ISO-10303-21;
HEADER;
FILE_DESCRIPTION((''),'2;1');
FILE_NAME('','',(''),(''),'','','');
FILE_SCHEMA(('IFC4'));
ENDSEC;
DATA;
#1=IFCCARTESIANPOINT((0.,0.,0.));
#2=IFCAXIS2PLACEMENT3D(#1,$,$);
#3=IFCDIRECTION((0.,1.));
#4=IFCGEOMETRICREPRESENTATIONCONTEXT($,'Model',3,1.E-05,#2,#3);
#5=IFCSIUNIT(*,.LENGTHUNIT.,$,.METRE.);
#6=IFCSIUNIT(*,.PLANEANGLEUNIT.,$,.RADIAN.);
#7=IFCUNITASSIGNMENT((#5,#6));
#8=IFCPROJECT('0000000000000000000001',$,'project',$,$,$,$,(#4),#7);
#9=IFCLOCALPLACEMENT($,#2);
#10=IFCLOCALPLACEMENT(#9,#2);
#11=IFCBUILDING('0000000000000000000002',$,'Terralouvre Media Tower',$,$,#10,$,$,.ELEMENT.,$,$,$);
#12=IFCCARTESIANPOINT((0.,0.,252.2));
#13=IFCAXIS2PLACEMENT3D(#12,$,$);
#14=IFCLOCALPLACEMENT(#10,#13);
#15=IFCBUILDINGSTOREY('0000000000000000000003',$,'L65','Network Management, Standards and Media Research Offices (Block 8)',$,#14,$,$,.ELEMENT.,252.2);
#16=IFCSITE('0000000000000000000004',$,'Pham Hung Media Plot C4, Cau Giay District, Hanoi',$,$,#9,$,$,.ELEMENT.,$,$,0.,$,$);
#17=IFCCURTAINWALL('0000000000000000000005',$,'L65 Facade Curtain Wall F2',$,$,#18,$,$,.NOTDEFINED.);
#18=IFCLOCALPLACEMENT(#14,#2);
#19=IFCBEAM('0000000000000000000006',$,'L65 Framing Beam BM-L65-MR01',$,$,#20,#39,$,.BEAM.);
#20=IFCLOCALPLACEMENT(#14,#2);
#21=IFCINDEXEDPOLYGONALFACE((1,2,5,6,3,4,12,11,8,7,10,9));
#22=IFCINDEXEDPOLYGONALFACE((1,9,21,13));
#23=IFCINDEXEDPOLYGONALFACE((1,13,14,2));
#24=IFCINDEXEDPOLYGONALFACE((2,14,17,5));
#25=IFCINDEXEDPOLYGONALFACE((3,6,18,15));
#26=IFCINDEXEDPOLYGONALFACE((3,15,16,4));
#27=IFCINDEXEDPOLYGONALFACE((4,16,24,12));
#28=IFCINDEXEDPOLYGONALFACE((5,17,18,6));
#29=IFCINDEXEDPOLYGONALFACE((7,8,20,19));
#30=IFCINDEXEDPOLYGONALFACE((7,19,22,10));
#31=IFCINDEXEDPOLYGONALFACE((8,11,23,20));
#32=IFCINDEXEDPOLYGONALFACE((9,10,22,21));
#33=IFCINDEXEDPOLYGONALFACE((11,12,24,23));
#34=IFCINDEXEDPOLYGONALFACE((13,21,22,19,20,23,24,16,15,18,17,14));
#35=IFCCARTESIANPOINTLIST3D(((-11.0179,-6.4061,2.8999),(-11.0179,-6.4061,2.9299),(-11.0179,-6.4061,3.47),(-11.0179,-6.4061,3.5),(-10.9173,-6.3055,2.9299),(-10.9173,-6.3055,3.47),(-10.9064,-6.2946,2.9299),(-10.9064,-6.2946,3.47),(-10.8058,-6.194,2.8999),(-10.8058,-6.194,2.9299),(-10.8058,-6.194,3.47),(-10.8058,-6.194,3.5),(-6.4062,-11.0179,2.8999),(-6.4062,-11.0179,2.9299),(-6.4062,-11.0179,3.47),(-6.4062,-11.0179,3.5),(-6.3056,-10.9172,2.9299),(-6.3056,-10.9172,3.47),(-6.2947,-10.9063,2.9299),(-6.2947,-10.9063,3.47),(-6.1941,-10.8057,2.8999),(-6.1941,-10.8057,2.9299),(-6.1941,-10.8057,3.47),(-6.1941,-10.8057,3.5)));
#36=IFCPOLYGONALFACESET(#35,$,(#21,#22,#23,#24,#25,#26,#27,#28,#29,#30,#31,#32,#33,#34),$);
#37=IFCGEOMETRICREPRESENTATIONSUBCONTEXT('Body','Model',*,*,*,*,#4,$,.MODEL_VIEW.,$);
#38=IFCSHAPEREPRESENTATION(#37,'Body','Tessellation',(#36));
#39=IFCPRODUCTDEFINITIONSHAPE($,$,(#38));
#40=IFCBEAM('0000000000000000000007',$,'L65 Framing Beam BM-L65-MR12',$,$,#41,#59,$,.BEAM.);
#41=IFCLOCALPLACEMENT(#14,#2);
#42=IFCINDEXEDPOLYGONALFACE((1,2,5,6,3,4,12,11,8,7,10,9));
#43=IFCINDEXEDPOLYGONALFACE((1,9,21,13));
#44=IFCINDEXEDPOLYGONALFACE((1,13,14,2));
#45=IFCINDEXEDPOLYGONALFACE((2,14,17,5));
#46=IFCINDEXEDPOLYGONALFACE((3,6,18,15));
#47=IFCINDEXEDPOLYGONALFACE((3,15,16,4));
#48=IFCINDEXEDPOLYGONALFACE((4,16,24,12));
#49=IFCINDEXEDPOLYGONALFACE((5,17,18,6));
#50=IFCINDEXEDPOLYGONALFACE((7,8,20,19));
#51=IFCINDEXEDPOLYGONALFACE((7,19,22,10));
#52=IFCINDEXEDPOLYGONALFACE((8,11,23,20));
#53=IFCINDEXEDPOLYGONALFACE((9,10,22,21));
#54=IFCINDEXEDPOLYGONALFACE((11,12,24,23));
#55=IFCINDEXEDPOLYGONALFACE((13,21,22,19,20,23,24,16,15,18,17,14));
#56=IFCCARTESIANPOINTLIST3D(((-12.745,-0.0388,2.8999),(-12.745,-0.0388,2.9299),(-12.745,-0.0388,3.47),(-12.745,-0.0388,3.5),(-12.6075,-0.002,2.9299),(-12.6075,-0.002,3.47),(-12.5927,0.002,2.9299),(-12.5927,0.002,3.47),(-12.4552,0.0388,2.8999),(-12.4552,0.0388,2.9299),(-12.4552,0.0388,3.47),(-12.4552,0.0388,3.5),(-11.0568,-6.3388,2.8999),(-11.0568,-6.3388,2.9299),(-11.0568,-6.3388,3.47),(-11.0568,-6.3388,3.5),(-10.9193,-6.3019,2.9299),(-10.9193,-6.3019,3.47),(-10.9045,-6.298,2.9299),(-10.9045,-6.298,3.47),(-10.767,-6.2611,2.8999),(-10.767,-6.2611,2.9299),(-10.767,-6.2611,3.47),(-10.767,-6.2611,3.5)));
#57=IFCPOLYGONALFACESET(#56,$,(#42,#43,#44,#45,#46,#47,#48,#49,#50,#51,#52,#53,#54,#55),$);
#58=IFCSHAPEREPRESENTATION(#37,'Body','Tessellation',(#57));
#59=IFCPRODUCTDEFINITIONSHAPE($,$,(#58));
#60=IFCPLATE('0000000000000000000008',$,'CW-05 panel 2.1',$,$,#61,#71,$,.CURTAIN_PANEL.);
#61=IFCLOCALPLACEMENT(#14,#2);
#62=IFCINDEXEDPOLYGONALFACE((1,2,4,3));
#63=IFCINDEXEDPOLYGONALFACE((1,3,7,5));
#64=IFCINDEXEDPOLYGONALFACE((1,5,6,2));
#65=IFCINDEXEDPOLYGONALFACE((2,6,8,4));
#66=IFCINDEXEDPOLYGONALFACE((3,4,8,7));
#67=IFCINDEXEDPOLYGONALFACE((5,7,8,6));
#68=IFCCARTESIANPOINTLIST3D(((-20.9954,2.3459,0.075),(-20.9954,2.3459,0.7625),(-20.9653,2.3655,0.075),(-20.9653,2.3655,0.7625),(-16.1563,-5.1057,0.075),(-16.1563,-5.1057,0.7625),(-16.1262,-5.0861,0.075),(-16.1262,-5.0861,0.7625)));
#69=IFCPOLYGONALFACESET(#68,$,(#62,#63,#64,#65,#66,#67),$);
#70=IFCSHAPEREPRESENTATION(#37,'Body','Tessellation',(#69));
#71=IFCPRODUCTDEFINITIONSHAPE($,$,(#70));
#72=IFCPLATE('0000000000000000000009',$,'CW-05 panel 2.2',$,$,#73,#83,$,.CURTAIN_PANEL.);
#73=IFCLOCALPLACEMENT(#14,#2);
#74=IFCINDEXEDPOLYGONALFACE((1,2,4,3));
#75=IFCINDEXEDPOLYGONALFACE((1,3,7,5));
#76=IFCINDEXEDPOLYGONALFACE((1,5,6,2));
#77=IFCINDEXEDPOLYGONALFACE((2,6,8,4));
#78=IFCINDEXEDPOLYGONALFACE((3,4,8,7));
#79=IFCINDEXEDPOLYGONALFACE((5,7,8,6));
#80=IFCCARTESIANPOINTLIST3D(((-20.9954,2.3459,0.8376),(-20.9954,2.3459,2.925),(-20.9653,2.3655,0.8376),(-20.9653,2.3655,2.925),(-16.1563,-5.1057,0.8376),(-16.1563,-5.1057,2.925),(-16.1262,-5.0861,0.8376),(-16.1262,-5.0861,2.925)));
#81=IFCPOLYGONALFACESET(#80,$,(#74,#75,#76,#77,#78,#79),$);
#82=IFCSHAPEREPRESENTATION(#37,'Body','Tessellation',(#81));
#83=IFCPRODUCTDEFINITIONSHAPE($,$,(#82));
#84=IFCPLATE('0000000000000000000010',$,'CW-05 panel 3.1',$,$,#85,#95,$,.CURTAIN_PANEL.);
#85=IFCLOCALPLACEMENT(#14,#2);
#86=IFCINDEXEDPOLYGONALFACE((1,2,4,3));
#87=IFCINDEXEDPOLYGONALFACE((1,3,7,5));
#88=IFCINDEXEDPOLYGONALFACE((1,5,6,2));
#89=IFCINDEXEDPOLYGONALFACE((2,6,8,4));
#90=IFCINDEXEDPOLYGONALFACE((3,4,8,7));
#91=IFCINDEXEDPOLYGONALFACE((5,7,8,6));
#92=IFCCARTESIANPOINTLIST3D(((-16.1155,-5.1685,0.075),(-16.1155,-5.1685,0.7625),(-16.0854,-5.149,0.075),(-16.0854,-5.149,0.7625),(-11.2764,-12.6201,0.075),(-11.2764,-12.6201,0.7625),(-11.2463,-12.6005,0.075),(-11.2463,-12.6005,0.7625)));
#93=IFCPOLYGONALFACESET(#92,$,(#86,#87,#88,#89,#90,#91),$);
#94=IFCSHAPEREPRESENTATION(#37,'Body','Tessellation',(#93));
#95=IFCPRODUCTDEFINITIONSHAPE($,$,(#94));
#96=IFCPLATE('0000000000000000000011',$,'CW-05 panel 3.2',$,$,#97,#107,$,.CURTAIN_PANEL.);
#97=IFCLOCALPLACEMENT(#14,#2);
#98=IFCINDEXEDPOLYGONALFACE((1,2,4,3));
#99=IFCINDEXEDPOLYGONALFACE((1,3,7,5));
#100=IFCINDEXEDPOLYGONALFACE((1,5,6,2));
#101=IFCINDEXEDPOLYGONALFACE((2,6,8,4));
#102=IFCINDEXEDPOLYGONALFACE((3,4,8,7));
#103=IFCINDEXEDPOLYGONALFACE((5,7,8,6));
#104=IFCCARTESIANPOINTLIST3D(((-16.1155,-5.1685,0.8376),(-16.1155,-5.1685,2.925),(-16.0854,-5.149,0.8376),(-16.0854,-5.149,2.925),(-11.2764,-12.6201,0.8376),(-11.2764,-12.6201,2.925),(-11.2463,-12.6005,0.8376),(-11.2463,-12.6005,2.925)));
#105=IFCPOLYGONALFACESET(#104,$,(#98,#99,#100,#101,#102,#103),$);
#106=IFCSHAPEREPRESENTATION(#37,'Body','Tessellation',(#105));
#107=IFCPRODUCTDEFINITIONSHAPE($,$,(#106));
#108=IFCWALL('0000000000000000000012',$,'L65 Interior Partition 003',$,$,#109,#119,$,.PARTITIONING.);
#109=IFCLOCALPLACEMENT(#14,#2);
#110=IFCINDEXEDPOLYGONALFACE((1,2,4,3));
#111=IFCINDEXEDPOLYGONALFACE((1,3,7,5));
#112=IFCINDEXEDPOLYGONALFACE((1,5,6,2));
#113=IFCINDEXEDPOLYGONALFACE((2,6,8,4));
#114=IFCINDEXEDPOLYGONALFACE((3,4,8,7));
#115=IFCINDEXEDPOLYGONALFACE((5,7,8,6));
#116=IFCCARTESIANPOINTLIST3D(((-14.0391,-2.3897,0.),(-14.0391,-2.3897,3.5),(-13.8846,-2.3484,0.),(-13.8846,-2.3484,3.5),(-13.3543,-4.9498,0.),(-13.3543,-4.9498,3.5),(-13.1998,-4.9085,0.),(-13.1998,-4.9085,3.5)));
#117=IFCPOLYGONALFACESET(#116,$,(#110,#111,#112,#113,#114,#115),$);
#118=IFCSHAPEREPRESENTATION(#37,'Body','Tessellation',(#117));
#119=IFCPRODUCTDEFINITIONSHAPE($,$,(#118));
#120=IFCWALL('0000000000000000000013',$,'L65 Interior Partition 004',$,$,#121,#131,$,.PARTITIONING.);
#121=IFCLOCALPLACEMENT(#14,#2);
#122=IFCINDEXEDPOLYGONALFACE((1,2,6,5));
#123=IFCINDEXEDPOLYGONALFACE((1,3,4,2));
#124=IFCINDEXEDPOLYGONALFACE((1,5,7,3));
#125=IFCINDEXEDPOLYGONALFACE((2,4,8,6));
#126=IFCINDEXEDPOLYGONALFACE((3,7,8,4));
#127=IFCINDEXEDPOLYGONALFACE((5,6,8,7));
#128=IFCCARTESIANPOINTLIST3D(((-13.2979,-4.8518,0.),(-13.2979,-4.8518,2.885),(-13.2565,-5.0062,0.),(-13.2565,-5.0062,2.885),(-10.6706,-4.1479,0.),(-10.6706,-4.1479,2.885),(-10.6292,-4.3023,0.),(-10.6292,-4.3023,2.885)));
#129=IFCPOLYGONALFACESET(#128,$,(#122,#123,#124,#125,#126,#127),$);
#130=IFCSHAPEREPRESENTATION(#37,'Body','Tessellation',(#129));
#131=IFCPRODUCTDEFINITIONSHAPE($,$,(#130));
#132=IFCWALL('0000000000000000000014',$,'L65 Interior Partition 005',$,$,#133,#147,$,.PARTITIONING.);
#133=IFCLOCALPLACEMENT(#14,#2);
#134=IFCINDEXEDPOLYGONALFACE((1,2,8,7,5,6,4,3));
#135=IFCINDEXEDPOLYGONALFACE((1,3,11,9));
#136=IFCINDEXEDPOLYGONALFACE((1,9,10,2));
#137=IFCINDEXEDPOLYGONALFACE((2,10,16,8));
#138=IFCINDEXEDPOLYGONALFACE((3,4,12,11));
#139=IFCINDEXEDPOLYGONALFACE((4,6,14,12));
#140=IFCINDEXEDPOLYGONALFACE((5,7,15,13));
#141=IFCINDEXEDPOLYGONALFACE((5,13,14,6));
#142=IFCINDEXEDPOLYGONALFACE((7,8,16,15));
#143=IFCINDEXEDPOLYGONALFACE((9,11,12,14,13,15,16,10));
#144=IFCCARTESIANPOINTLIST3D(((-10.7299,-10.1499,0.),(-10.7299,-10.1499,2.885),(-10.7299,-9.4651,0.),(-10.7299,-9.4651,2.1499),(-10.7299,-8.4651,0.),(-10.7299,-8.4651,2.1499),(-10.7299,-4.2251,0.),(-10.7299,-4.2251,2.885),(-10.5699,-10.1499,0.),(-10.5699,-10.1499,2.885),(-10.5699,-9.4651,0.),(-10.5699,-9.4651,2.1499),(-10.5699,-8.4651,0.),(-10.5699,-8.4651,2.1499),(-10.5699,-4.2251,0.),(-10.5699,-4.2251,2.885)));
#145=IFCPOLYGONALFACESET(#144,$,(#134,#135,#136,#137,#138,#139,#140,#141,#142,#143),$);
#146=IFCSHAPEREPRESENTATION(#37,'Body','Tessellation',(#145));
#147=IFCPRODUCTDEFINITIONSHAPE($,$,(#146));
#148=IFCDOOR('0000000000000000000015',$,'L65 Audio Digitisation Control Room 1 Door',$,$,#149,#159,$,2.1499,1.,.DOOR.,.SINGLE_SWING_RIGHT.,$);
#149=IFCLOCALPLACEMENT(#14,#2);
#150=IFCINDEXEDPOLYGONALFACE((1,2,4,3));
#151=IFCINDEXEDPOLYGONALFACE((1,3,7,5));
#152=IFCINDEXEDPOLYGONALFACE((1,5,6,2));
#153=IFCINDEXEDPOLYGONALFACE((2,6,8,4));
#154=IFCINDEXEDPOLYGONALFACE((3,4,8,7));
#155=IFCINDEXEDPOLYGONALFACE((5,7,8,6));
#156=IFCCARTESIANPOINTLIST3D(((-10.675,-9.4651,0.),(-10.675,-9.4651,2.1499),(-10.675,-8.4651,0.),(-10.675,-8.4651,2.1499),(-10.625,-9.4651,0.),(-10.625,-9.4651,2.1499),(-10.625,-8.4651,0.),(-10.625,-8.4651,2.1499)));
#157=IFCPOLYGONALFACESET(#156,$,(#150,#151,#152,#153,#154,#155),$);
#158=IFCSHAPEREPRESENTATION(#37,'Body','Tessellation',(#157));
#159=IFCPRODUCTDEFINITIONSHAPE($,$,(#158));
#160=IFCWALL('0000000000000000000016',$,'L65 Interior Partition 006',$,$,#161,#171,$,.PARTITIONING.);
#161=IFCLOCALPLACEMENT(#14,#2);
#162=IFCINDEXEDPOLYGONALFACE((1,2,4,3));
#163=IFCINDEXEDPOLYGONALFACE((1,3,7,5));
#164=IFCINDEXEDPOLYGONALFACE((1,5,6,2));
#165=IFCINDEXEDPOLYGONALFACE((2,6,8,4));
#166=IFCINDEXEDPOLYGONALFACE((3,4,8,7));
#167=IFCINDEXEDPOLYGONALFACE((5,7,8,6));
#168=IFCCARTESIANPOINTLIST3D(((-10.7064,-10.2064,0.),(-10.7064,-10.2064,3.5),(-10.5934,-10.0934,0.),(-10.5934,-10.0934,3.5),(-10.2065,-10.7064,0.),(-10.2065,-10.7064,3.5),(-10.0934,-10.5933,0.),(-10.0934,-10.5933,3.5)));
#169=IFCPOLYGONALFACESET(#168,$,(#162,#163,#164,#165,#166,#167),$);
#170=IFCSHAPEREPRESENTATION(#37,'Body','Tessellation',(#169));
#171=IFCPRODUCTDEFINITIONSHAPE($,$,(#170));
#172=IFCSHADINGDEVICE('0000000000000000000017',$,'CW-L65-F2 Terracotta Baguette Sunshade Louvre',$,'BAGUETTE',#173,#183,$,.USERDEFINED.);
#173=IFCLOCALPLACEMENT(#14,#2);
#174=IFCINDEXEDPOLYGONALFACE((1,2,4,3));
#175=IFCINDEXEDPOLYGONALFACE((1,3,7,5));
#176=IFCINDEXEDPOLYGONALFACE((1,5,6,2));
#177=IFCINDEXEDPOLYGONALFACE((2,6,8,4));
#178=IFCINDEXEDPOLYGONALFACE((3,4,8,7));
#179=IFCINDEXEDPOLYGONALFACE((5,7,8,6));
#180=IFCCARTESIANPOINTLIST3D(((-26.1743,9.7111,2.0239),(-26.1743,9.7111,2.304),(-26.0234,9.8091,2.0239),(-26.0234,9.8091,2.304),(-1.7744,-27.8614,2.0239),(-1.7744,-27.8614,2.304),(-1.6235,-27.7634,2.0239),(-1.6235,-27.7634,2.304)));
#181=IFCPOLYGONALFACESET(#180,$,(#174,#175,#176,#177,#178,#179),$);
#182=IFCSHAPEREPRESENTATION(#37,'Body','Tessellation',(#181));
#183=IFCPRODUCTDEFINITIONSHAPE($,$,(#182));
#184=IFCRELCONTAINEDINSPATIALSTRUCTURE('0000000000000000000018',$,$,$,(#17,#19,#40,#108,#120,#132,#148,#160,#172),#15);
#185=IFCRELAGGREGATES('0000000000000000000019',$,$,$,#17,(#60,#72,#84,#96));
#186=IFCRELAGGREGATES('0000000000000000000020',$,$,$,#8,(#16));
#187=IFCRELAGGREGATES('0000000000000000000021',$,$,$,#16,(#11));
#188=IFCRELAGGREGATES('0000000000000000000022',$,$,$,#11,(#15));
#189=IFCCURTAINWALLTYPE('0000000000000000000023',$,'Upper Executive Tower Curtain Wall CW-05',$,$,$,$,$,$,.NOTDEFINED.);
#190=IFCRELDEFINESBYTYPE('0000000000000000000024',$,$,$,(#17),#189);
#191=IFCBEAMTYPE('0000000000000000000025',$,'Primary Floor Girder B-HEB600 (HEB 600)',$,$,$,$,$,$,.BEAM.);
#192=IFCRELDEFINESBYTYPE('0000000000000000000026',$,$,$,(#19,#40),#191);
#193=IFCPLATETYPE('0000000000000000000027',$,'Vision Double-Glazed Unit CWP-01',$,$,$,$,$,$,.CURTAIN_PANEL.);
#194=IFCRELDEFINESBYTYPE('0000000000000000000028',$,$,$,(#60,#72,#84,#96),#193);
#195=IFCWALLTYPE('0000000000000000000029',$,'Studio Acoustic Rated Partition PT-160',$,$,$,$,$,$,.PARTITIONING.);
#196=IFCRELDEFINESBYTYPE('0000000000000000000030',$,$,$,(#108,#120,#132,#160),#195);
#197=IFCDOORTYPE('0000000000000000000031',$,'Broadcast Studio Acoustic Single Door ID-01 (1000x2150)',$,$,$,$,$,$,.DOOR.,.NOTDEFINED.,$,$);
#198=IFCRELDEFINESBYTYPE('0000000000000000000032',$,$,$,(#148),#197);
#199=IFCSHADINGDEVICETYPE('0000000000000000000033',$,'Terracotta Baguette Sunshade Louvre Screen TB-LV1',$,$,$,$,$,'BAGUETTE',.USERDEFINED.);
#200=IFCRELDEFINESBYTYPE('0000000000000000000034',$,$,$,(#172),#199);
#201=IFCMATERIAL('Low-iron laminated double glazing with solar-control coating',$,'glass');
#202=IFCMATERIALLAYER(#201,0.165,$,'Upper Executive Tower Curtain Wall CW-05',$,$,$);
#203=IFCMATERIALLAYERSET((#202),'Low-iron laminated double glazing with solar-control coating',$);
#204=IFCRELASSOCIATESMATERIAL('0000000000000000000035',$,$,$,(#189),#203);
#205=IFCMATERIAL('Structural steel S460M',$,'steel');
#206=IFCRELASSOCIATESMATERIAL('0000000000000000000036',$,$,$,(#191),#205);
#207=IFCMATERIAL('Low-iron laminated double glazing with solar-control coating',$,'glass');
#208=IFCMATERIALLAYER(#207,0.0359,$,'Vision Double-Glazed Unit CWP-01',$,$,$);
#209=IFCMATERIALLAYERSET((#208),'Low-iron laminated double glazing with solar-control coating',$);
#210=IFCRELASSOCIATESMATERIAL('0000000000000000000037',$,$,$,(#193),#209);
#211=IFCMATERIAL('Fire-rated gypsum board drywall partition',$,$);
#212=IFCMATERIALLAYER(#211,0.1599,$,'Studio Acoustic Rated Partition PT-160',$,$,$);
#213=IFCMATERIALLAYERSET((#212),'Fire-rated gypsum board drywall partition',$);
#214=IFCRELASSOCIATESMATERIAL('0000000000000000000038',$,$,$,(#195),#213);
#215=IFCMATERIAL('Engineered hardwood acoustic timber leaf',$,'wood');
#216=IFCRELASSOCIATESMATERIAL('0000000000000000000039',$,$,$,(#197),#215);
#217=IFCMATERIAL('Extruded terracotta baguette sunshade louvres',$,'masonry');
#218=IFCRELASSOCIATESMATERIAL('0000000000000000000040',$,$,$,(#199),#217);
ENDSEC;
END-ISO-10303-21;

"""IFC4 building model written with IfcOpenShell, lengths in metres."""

from ifc_helpers import new_model, si_unit, direction, frame, frame_2d, origin, origin_2d, place, context, subcontext, project, spatial, rectangle, i_section, extrude, material, layer, layer_set, material_profile, profile_set, type_object, element, fill, aggregate, save


model = new_model("IFC4")

# Units and contexts
model_context = context("Model", 3, precision=1e-05, world=origin(), true_north=direction((0.0, 1.0)))
body_context = subcontext(model_context, "Body", "Model", "MODEL_VIEW")
ifc_project = project(units=[si_unit("LENGTHUNIT", "METRE"), si_unit("PLANEANGLEUNIT", "RADIAN")], contexts=[model_context])

# Site, building, storey
site_placement = place(None, origin())
site = spatial("IfcSite", under=ifc_project, at=site_placement, Name="Pham Hung Media Plot C4, Cau Giay District, Hanoi", CompositionType="ELEMENT", RefElevation=0.0)
building_placement = place(site_placement, origin())
building = spatial("IfcBuilding", under=site, at=building_placement, Name="Terralouvre Media Tower", CompositionType="ELEMENT")
storey_placement = place(building_placement, frame((0.0, 0.0, 252.2)))
storey = spatial("IfcBuildingStorey", under=building, at=storey_placement, Name="L65", Description="Network Management, Standards and Media Research Offices (Block 8)", CompositionType="ELEMENT", Elevation=252.2)

# Curtain wall
ifc_material_1 = material(Name="Low-iron laminated double glazing with solar-control coating", Category="glass")
ifc_layer_1 = layer(ifc_material_1, 0.165, Name="Upper Executive Tower Curtain Wall CW-05")
ifc_layer_set_1 = layer_set([ifc_layer_1], Name="Low-iron laminated double glazing with solar-control coating")
curtain_wall_type = type_object("IfcCurtainWallType", Name="Upper Executive Tower Curtain Wall CW-05", PredefinedType="NOTDEFINED", material=ifc_layer_set_1)
curtain_wall_placement = place(storey_placement, origin())
curtain_wall = element("IfcCurtainWall", 1, at=curtain_wall_placement, inside=storey, type_object=curtain_wall_type, Name="L65 Facade Curtain Wall F2", PredefinedType="NOTDEFINED")

# Beams
ifc_material_2 = material(Name="Structural steel S460M", Category="steel")
ifc_material_profile_1 = material_profile(ifc_material_2, i_section(OverallWidth=0.3, OverallDepth=0.6001, WebThickness=0.0154, FlangeThickness=0.03, at=origin_2d()), Name="HEB 600")
ifc_profile_set_1 = profile_set([ifc_material_profile_1], Name="Structural steel S460M")
beam_type_1 = type_object("IfcBeamType", Name="Primary Floor Girder B-HEB600 (HEB 600)", PredefinedType="BEAM", material=ifc_profile_set_1)
beam_1_placement = place(storey_placement, frame((-10.9119, -6.3, 3.2), z_axis=(0.707107, -0.707107, 0.0), x_axis=(0.707107, 0.707107, 0.0)))
element("IfcBeam", 2, at=beam_1_placement, inside=storey, type_object=beam_type_1, Name="L65 Framing Beam BM-L65-MR01", PredefinedType="BEAM", context=body_context, shape_type="SweptSolid", body=[
    extrude(i_section(OverallWidth=0.3, OverallDepth=0.6001, WebThickness=0.0154, FlangeThickness=0.03, at=origin_2d()), origin(), (0.0, 0.0, 1.0), 6.522),
])
beam_2_placement = place(storey_placement, frame((-12.6001, 0.0, 3.2), z_axis=(0.258839, -0.96592, 0.0), x_axis=(0.96592, 0.258839, 0.0)))
element("IfcBeam", 3, at=beam_2_placement, inside=storey, type_object=beam_type_1, Name="L65 Framing Beam BM-L65-MR12", PredefinedType="BEAM", context=body_context, shape_type="SweptSolid", body=[
    extrude(i_section(OverallWidth=0.3, OverallDepth=0.6001, WebThickness=0.0154, FlangeThickness=0.03, at=origin_2d()), origin(), (0.0, 0.0, 1.0), 6.5222),
])

# Plates
ifc_material_3 = material(Name="Low-iron laminated double glazing with solar-control coating", Category="glass")
ifc_layer_2 = layer(ifc_material_3, 0.0359, Name="Vision Double-Glazed Unit CWP-01")
ifc_layer_set_2 = layer_set([ifc_layer_2], Name="Low-iron laminated double glazing with solar-control coating")
plate_type = type_object("IfcPlateType", Name="Vision Double-Glazed Unit CWP-01", PredefinedType="CURTAIN_PANEL", material=ifc_layer_set_2)
plate_1_placement = place(storey_placement, frame((-18.5608, -1.3701, 0.075), z_axis=(0.0, 0.0, 1.0), x_axis=(0.544639, -0.838671, 0.0)))
plate_1 = element("IfcPlate", 4, at=plate_1_placement, type_object=plate_type, Name="CW-05 panel 2.1", PredefinedType="CURTAIN_PANEL", context=body_context, shape_type="SweptSolid", body=[
    extrude(rectangle(XDim=8.885, YDim=0.0359, at=origin_2d()), origin(), (0.0, 0.0, 1.0), 0.6875),
])
plate_2_placement = place(storey_placement, frame((-18.5608, -1.3701, 0.8376), z_axis=(0.0, 0.0, 1.0), x_axis=(0.544639, -0.838671, 0.0)))
plate_2 = element("IfcPlate", 5, at=plate_2_placement, type_object=plate_type, Name="CW-05 panel 2.2", PredefinedType="CURTAIN_PANEL", context=body_context, shape_type="SweptSolid", body=[
    extrude(rectangle(XDim=8.885, YDim=0.0359, at=origin_2d()), origin(), (0.0, 0.0, 1.0), 2.0874),
])
plate_3_placement = place(storey_placement, frame((-13.6809, -8.8845, 0.075), z_axis=(0.0, 0.0, 1.0), x_axis=(0.544639, -0.838671, 0.0)))
plate_3 = element("IfcPlate", 6, at=plate_3_placement, type_object=plate_type, Name="CW-05 panel 3.1", PredefinedType="CURTAIN_PANEL", context=body_context, shape_type="SweptSolid", body=[
    extrude(rectangle(XDim=8.885, YDim=0.0359, at=origin_2d()), origin(), (0.0, 0.0, 1.0), 0.6875),
])
plate_4_placement = place(storey_placement, frame((-13.6809, -8.8845, 0.8376), z_axis=(0.0, 0.0, 1.0), x_axis=(0.544639, -0.838671, 0.0)))
plate_4 = element("IfcPlate", 7, at=plate_4_placement, type_object=plate_type, Name="CW-05 panel 3.2", PredefinedType="CURTAIN_PANEL", context=body_context, shape_type="SweptSolid", body=[
    extrude(rectangle(XDim=8.885, YDim=0.0359, at=origin_2d()), origin(), (0.0, 0.0, 1.0), 2.0874),
])
aggregate(curtain_wall, [plate_1, plate_2, plate_3, plate_4])

# Walls
ifc_material_4 = material(Name="Fire-rated gypsum board drywall partition")
ifc_layer_3 = layer(ifc_material_4, 0.1599, Name="Studio Acoustic Rated Partition PT-160")
ifc_layer_set_3 = layer_set([ifc_layer_3], Name="Fire-rated gypsum board drywall partition")
wall_type = type_object("IfcWallType", Name="Studio Acoustic Rated Partition PT-160", PredefinedType="PARTITIONING", material=ifc_layer_set_3)
wall_1_placement = place(storey_placement, frame((-13.9619, -2.3689, 0.0), z_axis=(0.0, 0.0, 1.0), x_axis=(0.258414, -0.966034, 0.0)))
element("IfcWall", 8, at=wall_1_placement, inside=storey, type_object=wall_type, Name="L65 Interior Partition 003", PredefinedType="PARTITIONING", context=body_context, shape_type="SweptSolid", body=[
    extrude(rectangle(XDim=2.6501, YDim=0.1599, at=frame_2d((1.3252, 0.0))), origin(), (0.0, 0.0, 1.0), 3.5),
])
wall_2_placement = place(storey_placement, frame((-13.2771, -4.929, 0.0), z_axis=(0.0, 0.0, 1.0), x_axis=(0.965935, 0.258785, 0.0)))
element("IfcWall", 9, at=wall_2_placement, inside=storey, type_object=wall_type, Name="L65 Interior Partition 004", PredefinedType="PARTITIONING", context=body_context, shape_type="SweptSolid", body=[
    extrude(rectangle(XDim=2.72, YDim=0.1599, at=frame_2d((1.3599, 0.0))), origin(), (0.0, 0.0, 1.0), 2.885),
])

# Wall, opening, door
wall_3_placement = place(storey_placement, frame((-10.6499, -4.2251, 0.0), z_axis=(0.0, 0.0, 1.0), x_axis=(0.0, -1.0, 0.0)))
wall_3 = element("IfcWall", 10, at=wall_3_placement, inside=storey, type_object=wall_type, Name="L65 Interior Partition 005", PredefinedType="PARTITIONING", context=body_context, shape_type="SweptSolid", body=[
    extrude(rectangle(XDim=5.9248, YDim=0.1599, at=frame_2d((2.9624, 0.0))), origin(), (0.0, 0.0, 1.0), 2.885),
])
opening_placement = place(wall_3_placement, frame((4.24, 0.0, 0.0)))
opening = element("IfcOpeningElement", 11, at=opening_placement, cuts=wall_3, PredefinedType="OPENING", context=body_context, shape_type="SweptSolid", body=[
    extrude(rectangle(XDim=1.0, YDim=2.1499, at=frame_2d((0.5, 1.075))), frame((0.0, 0.0898, 0.0), z_axis=(0.0, -1.0, 0.0), x_axis=(1.0, 0.0, 0.0)), (0.0, 0.0, 1.0), 0.1799),
])
ifc_material_5 = material(Name="Engineered hardwood acoustic timber leaf", Category="wood")
door_type = type_object("IfcDoorType", Name="Broadcast Studio Acoustic Single Door ID-01 (1000x2150)", OperationType="NOTDEFINED", PredefinedType="DOOR", material=ifc_material_5)
door_placement = place(opening_placement, origin())
door = element("IfcDoor", 12, at=door_placement, inside=storey, type_object=door_type, Name="L65 Audio Digitisation Control Room 1 Door", OperationType="SINGLE_SWING_RIGHT", OverallHeight=2.1499, OverallWidth=1.0, PredefinedType="DOOR", context=body_context, shape_type="SweptSolid", body=[
    extrude(rectangle(XDim=1.0, YDim=2.1499, at=frame_2d((0.5, 1.075))), frame((0.0, 0.0249, 0.0), z_axis=(0.0, -1.0, 0.0), x_axis=(1.0, 0.0, 0.0)), (0.0, 0.0, 1.0), 0.05),
])
fill(opening, door)

# Wall
wall_4_placement = place(storey_placement, frame((-10.6499, -10.1499, 0.0), z_axis=(0.0, 0.0, 1.0), x_axis=(0.707107, -0.707107, 0.0)))
element("IfcWall", 13, at=wall_4_placement, inside=storey, type_object=wall_type, Name="L65 Interior Partition 006", PredefinedType="PARTITIONING", context=body_context, shape_type="SweptSolid", body=[
    extrude(rectangle(XDim=0.707, YDim=0.1599, at=frame_2d((0.3535, 0.0))), origin(), (0.0, 0.0, 1.0), 3.5),
])

# Shading device
ifc_material_6 = material(Name="Extruded terracotta baguette sunshade louvres", Category="masonry")
shading_device_type = type_object("IfcShadingDeviceType", Name="Terracotta Baguette Sunshade Louvre Screen TB-LV1", ElementType="BAGUETTE", PredefinedType="USERDEFINED", material=ifc_material_6)
shading_device_placement = place(storey_placement, frame((-13.8989, -9.0261, 2.0239), z_axis=(0.0, 0.0, 1.0), x_axis=(0.544639, -0.838671, 0.0)))
element("IfcShadingDevice", 14, at=shading_device_placement, inside=storey, type_object=shading_device_type, Name="CW-L65-F2 Terracotta Baguette Sunshade Louvre", ObjectType="BAGUETTE", PredefinedType="USERDEFINED", context=body_context, shape_type="SweptSolid", body=[
    extrude(rectangle(XDim=44.8, YDim=0.1799, at=origin_2d()), origin(), (0.0, 0.0, 1.0), 0.28),
])

save(model, "model.ifc")
